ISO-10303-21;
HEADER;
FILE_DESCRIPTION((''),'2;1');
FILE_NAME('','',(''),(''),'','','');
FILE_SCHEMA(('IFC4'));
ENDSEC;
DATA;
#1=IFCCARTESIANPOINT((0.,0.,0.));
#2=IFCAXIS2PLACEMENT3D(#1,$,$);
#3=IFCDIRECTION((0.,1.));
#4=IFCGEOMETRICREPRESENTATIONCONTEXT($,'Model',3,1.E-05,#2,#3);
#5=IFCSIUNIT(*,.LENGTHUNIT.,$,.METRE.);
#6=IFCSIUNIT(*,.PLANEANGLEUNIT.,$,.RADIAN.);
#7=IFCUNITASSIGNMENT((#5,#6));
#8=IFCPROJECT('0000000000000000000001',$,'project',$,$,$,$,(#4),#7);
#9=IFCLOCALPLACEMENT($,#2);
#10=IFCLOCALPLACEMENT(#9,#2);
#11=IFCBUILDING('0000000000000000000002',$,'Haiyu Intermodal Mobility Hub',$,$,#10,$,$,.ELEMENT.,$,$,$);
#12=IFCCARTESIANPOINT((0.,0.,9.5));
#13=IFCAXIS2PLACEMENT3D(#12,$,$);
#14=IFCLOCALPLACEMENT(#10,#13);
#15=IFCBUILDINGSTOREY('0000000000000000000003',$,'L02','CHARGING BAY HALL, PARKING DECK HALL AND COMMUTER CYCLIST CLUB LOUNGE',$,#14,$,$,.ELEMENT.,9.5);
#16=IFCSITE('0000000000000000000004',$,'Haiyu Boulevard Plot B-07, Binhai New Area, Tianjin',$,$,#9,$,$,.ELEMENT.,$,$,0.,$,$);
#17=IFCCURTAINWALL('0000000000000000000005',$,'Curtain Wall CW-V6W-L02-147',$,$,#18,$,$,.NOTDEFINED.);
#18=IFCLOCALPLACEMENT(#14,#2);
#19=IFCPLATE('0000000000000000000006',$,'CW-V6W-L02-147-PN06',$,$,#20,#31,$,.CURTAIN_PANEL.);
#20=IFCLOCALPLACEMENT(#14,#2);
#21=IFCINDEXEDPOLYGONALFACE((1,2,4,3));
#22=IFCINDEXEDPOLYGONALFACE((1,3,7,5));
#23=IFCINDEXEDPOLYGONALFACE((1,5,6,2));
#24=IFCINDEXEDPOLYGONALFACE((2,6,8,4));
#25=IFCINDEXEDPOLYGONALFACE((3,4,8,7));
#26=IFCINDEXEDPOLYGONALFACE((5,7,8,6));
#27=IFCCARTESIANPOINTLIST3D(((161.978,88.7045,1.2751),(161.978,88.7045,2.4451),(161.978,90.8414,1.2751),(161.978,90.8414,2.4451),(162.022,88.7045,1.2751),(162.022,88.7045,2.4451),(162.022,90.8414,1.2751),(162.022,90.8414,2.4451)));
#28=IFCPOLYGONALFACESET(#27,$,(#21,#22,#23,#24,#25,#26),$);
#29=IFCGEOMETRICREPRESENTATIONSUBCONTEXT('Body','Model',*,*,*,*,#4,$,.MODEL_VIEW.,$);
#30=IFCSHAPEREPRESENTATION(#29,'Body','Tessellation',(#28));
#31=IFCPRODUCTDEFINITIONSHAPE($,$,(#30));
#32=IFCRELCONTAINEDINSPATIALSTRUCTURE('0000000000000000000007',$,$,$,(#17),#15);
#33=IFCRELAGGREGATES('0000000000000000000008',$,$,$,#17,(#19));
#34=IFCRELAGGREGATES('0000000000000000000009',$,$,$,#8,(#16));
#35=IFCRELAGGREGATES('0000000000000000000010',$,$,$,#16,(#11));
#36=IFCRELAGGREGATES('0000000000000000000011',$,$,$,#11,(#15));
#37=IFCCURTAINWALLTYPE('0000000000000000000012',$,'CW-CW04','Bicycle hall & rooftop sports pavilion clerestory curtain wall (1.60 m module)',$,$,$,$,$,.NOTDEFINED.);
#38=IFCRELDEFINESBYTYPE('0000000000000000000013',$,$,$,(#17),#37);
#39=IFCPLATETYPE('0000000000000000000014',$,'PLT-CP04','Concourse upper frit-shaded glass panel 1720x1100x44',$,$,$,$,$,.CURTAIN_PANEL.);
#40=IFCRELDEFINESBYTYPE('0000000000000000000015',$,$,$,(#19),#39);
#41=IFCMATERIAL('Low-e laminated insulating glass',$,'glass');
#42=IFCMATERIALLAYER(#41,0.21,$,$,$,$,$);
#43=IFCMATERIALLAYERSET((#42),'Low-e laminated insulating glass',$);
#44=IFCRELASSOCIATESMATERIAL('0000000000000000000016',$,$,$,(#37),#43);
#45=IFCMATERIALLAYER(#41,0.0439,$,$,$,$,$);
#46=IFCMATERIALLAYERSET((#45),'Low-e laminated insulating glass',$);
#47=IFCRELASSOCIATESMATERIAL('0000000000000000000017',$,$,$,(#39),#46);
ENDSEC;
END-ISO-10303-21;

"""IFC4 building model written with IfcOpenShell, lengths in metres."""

from ifc_helpers import new_model, si_unit, direction, frame, origin, origin_2d, place, context, subcontext, project, spatial, rectangle, extrude, material, layer, layer_set, type_object, element, aggregate, save


model = new_model("IFC4")

# Units and contexts
model_context = context("Model", 3, precision=1e-05, world=origin(), true_north=direction((0.0, 1.0)))
body_context = subcontext(model_context, "Body", "Model", "MODEL_VIEW")
ifc_project = project(units=[si_unit("LENGTHUNIT", "METRE"), si_unit("PLANEANGLEUNIT", "RADIAN")], contexts=[model_context])

# Site, building, storey
site_placement = place(None, origin())
site = spatial("IfcSite", under=ifc_project, at=site_placement, Name="Haiyu Boulevard Plot B-07, Binhai New Area, Tianjin", CompositionType="ELEMENT", RefElevation=0.0)
building_placement = place(site_placement, origin())
building = spatial("IfcBuilding", under=site, at=building_placement, Name="Haiyu Intermodal Mobility Hub", CompositionType="ELEMENT")
storey_placement = place(building_placement, frame((0.0, 0.0, 9.5)))
storey = spatial("IfcBuildingStorey", under=building, at=storey_placement, Name="L02", Description="CHARGING BAY HALL, PARKING DECK HALL AND COMMUTER CYCLIST CLUB LOUNGE", CompositionType="ELEMENT", Elevation=9.5)

# Curtain wall
ifc_material_1 = material(Name="Low-e laminated insulating glass", Category="glass")
ifc_layer_1 = layer(ifc_material_1, 0.21)
ifc_layer_set_1 = layer_set([ifc_layer_1], Name="Low-e laminated insulating glass")
curtain_wall_type = type_object("IfcCurtainWallType", Name="CW-CW04", Description="Bicycle hall & rooftop sports pavilion clerestory curtain wall (1.60 m module)", PredefinedType="NOTDEFINED", material=ifc_layer_set_1)
curtain_wall_1_placement = place(storey_placement, origin())
curtain_wall_1 = element("IfcCurtainWall", 1, at=curtain_wall_1_placement, inside=storey, type_object=curtain_wall_type, Name="Curtain Wall CW-V6W-L02-147", PredefinedType="NOTDEFINED")

# Plate
ifc_layer_2 = layer(ifc_material_1, 0.0439)
ifc_layer_set_2 = layer_set([ifc_layer_2], Name="Low-e laminated insulating glass")
plate_type_1 = type_object("IfcPlateType", Name="PLT-CP04", Description="Concourse upper frit-shaded glass panel 1720x1100x44", PredefinedType="CURTAIN_PANEL", material=ifc_layer_set_2)
plate_1_placement = place(storey_placement, frame((162.0, 89.7729, 1.2751), z_axis=(0.0, 0.0, 1.0), x_axis=(0.0, -1.0, 0.0)))
plate_1 = element("IfcPlate", 2, at=plate_1_placement, type_object=plate_type_1, Name="CW-V6W-L02-147-PN06", PredefinedType="CURTAIN_PANEL", context=body_context, shape_type="SweptSolid", body=[
    extrude(rectangle(XDim=2.137, YDim=0.0439, at=origin_2d()), origin(), (0.0, 0.0, 1.0), 1.1699),
])
aggregate(curtain_wall_1, [plate_1])

save(model, "model.ifc")
